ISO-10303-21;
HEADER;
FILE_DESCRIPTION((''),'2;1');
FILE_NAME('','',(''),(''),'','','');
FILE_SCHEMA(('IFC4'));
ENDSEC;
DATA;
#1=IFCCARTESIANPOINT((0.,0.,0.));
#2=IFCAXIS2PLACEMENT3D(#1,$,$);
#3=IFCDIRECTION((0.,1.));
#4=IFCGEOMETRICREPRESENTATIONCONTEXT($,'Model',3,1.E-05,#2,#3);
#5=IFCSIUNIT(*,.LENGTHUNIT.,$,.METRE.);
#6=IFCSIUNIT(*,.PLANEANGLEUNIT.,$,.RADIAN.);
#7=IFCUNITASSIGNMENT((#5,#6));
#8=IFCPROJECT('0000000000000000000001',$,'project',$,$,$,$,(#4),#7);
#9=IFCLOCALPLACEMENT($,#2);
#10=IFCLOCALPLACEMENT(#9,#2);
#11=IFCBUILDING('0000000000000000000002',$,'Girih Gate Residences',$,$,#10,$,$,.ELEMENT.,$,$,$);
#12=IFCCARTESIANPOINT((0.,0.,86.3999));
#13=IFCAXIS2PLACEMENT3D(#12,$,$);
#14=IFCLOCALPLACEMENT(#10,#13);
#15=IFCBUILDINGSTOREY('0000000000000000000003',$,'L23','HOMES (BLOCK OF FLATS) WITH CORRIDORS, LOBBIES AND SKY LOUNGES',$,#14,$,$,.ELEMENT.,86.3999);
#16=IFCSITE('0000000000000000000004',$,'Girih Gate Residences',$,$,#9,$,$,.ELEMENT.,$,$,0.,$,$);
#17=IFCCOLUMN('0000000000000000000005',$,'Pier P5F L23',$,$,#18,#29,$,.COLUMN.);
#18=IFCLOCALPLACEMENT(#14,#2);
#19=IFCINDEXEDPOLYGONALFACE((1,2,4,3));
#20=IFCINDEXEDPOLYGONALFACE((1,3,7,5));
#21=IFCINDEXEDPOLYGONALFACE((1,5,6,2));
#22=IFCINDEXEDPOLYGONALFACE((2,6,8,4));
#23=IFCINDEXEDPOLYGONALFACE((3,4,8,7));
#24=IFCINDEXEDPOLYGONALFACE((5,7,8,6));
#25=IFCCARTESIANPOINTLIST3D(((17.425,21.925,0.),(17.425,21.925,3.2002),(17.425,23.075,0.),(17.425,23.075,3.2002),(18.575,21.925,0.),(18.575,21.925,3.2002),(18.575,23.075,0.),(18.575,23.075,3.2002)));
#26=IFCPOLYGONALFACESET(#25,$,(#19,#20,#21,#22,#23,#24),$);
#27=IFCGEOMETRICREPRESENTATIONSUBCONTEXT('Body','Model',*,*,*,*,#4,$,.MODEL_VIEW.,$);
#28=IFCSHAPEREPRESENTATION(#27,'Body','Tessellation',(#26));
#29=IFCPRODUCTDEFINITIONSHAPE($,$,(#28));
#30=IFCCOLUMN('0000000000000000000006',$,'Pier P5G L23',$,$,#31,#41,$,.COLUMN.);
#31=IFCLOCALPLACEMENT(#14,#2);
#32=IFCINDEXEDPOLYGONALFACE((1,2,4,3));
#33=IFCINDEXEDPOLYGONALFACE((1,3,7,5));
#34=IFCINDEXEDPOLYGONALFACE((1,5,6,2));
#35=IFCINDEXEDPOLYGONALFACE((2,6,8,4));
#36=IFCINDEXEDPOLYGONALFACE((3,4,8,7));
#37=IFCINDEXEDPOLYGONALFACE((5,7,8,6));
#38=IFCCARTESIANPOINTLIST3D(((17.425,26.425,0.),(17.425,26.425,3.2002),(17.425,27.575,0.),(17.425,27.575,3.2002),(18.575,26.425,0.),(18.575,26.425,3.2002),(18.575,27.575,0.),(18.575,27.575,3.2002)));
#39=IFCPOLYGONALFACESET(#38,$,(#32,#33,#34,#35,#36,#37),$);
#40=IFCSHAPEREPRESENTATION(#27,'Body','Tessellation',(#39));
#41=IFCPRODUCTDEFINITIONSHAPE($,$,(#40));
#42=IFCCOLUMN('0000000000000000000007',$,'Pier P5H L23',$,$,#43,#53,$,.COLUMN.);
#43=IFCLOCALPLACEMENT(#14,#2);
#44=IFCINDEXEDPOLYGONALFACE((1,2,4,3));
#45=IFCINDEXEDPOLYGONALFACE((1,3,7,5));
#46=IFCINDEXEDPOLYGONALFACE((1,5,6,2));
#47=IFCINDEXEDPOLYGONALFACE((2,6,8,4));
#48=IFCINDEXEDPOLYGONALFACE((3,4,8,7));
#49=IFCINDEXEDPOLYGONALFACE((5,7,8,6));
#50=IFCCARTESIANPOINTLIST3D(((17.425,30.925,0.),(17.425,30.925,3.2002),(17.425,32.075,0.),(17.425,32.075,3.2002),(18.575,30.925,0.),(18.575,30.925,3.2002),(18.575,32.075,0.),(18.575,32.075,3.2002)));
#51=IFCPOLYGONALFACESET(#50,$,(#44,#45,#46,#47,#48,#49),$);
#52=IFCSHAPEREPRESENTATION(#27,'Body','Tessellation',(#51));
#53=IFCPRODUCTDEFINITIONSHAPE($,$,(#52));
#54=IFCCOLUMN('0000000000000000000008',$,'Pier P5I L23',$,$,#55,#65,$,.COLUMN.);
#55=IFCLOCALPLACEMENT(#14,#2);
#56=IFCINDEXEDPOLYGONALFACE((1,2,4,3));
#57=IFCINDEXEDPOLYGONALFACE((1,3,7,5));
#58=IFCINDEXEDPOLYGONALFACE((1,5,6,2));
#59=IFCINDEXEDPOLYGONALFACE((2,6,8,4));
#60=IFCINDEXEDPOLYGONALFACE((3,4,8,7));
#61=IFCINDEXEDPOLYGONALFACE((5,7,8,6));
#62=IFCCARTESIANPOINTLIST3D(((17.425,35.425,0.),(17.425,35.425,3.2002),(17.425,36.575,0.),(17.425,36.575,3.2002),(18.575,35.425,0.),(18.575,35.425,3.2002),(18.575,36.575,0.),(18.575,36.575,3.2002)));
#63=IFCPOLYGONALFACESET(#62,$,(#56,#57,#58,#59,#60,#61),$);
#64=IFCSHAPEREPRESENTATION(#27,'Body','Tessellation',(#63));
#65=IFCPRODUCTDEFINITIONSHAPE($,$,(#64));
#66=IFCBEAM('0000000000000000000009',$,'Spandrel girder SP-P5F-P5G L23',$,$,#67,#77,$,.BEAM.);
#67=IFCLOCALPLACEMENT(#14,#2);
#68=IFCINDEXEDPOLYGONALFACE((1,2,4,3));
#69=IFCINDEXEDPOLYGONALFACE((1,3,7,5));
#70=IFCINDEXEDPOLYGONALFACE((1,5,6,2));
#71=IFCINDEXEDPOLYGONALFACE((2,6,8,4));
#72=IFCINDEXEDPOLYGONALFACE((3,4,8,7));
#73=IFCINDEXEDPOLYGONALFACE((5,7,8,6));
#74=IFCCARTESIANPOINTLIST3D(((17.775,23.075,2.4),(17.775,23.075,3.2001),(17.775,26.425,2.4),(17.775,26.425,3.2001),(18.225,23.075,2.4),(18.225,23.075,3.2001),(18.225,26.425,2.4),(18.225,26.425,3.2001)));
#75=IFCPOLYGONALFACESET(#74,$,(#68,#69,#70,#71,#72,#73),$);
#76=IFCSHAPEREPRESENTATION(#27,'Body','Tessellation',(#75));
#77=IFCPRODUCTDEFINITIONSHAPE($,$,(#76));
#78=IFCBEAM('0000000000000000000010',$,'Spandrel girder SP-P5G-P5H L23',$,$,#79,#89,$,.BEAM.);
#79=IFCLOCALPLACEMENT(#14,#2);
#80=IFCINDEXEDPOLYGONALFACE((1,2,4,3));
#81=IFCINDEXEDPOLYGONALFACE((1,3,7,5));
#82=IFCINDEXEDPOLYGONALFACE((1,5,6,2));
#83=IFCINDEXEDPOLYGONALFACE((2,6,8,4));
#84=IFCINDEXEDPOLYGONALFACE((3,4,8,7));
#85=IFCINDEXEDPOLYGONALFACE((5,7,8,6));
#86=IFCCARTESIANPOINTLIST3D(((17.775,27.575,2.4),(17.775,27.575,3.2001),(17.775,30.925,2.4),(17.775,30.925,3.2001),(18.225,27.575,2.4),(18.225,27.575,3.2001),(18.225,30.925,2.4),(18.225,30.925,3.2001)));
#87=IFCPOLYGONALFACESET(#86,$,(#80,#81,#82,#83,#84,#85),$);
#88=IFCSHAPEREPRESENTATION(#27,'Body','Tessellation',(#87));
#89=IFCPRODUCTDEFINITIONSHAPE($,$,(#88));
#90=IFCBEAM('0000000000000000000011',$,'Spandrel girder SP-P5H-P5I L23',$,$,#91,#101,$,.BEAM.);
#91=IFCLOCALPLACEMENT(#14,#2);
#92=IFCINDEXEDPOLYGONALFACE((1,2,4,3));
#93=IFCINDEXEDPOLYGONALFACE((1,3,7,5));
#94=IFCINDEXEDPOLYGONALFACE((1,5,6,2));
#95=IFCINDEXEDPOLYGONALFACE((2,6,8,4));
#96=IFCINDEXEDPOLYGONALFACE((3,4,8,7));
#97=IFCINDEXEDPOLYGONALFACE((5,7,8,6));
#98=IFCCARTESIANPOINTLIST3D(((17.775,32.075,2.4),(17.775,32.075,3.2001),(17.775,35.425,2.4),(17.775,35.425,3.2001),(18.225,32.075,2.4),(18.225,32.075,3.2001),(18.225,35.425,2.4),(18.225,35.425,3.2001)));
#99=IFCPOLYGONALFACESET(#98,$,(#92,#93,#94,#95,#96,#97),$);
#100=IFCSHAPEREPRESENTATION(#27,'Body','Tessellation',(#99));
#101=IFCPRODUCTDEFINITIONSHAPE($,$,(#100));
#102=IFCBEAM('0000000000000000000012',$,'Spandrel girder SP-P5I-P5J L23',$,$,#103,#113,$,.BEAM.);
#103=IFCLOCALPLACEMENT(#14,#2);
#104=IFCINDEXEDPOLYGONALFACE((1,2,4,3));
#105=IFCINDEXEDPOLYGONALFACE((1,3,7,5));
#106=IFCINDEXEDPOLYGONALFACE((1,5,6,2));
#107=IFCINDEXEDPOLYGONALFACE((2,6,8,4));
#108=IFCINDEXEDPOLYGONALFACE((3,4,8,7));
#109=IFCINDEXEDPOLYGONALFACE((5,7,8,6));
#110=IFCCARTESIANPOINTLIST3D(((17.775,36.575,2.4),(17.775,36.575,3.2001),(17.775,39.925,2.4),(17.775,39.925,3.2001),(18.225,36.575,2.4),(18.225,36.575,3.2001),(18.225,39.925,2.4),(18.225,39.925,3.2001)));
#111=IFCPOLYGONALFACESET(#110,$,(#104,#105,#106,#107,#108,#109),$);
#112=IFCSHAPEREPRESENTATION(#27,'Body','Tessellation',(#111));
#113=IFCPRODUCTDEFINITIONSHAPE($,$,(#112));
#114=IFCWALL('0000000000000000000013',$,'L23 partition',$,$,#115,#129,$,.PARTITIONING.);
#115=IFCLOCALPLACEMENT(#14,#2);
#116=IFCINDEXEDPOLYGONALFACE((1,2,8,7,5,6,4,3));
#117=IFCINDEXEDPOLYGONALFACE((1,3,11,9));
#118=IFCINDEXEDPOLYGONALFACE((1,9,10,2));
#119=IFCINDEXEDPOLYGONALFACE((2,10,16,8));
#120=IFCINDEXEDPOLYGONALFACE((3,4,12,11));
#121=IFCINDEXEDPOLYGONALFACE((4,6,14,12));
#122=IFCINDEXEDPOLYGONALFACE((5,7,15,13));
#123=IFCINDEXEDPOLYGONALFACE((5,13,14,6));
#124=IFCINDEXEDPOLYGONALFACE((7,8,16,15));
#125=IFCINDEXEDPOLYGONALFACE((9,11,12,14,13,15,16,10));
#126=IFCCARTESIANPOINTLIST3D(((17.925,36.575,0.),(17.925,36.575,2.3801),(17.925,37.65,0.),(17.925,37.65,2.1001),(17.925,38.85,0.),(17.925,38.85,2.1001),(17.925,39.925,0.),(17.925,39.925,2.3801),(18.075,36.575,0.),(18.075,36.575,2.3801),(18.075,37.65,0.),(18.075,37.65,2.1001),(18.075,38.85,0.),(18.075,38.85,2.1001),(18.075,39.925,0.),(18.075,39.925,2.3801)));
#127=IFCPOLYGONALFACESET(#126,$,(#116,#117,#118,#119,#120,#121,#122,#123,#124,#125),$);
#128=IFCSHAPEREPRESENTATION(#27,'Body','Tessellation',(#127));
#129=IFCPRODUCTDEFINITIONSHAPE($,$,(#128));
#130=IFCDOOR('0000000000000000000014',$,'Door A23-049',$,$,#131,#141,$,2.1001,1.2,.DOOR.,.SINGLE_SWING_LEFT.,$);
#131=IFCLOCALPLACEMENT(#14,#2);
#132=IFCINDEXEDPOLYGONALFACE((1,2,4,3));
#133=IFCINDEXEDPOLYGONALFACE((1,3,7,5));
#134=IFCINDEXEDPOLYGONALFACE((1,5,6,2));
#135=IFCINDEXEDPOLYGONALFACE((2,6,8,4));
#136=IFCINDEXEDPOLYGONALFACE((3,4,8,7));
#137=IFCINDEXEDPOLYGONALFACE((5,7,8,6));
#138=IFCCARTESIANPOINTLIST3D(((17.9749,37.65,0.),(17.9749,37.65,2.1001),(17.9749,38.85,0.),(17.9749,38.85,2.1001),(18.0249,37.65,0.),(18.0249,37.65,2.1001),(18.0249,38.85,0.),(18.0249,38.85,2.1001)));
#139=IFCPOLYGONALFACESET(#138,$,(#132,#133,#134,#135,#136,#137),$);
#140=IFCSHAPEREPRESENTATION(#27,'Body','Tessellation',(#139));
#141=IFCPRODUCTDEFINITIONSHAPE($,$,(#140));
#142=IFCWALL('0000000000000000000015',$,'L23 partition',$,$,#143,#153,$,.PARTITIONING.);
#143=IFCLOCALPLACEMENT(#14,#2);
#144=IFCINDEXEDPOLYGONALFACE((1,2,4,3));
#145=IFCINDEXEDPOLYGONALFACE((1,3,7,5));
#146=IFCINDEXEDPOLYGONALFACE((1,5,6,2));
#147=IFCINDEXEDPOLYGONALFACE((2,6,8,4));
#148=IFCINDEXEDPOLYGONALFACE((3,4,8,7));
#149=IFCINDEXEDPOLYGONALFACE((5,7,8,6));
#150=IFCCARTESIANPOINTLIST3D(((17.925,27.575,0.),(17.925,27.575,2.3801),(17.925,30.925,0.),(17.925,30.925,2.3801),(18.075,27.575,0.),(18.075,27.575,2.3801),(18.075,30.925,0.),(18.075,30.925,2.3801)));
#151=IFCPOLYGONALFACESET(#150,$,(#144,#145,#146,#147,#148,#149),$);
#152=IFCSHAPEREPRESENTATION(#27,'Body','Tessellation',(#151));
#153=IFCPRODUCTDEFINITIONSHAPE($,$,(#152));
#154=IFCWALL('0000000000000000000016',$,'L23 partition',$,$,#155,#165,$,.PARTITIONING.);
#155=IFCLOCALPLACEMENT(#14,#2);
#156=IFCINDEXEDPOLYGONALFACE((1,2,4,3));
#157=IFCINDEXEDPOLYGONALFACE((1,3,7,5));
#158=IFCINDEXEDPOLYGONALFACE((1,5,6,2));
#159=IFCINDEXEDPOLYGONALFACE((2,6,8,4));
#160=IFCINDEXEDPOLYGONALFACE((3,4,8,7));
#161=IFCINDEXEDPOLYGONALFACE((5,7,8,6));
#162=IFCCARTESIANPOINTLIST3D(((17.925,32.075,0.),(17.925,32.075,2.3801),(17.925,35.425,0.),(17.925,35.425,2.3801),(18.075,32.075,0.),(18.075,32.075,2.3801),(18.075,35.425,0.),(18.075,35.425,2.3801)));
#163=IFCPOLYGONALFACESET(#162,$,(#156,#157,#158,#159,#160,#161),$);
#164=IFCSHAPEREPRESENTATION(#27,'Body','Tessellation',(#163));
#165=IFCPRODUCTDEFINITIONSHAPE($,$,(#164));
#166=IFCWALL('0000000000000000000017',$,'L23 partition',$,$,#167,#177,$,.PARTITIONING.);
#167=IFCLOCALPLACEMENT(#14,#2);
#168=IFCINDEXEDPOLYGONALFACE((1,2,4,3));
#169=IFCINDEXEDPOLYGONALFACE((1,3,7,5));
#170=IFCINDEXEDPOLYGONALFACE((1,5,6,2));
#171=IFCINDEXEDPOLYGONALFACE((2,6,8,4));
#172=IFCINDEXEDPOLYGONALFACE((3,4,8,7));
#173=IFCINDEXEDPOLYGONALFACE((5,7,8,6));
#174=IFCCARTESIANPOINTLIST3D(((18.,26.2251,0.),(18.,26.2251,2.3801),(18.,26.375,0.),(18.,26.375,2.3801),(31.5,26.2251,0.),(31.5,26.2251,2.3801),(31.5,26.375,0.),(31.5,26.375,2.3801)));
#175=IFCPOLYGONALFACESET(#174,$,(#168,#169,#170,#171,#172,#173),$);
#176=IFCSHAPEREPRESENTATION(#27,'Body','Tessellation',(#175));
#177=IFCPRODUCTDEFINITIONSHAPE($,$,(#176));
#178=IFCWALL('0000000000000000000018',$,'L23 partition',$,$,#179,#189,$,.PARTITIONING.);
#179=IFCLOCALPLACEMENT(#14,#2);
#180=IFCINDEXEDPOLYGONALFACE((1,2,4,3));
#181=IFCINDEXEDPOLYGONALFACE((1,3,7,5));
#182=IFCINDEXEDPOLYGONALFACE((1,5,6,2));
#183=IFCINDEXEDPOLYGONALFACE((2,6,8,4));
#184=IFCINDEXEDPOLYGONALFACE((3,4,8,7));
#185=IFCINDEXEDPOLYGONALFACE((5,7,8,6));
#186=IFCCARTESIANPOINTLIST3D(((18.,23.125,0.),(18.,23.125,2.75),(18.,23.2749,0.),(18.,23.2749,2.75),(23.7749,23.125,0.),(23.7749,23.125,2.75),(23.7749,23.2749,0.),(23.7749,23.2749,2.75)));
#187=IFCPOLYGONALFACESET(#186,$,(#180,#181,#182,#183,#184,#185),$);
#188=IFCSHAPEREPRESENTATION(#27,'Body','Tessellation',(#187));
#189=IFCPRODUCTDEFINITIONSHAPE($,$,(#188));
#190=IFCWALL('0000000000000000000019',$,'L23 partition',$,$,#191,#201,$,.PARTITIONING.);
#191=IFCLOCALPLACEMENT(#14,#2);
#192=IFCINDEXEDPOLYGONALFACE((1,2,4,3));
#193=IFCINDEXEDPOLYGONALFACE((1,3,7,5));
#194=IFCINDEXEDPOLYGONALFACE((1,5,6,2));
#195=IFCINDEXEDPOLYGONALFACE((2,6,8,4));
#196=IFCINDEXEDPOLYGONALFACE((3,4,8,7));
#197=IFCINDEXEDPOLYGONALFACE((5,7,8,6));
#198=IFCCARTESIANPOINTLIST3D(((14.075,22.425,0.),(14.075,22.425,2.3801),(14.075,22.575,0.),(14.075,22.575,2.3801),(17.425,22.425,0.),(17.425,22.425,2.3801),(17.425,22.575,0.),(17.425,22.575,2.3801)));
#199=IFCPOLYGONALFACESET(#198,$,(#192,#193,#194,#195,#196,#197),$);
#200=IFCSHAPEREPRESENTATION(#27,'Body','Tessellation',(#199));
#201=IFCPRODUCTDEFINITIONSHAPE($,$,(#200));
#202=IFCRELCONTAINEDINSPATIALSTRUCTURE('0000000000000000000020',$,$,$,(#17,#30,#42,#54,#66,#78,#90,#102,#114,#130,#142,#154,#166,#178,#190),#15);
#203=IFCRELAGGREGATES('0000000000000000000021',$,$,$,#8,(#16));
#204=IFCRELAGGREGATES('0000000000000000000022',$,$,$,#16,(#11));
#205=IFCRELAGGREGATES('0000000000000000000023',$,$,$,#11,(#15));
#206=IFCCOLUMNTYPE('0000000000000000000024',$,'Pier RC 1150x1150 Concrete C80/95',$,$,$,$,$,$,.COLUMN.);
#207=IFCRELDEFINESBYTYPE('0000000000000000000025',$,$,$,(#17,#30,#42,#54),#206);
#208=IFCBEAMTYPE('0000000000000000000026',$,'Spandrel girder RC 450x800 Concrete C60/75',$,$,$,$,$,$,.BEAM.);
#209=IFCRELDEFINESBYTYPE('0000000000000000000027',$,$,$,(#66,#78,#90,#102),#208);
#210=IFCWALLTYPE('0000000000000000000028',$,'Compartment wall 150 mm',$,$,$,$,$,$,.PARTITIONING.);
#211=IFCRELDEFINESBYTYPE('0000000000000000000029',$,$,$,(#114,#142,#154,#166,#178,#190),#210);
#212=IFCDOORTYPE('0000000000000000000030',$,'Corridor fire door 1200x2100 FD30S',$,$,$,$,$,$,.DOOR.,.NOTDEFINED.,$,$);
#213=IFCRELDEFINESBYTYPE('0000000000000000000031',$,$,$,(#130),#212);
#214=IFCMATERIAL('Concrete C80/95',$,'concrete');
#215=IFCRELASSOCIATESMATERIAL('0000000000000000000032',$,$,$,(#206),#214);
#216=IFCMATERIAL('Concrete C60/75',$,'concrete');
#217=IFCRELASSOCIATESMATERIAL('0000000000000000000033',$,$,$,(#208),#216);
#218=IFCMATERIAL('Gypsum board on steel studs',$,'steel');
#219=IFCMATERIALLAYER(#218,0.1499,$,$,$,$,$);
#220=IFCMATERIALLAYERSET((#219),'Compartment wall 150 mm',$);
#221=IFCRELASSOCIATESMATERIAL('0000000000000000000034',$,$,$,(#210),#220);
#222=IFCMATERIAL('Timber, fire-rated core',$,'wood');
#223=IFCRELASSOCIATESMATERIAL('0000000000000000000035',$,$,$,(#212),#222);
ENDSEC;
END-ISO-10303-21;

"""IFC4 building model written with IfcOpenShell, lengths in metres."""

from ifc_helpers import new_model, si_unit, direction, frame, frame_2d, origin, origin_2d, place, context, subcontext, project, spatial, rectangle, extrude, material, layer, layer_set, material_profile, profile_set, type_object, element, fill, save


model = new_model("IFC4")

# Units and contexts
model_context = context("Model", 3, precision=1e-05, world=origin(), true_north=direction((0.0, 1.0)))
body_context = subcontext(model_context, "Body", "Model", "MODEL_VIEW")
ifc_project = project(units=[si_unit("LENGTHUNIT", "METRE"), si_unit("PLANEANGLEUNIT", "RADIAN")], contexts=[model_context])

# Site, building, storey
site_placement = place(None, origin())
site = spatial("IfcSite", under=ifc_project, at=site_placement, Name="Girih Gate Residences", CompositionType="ELEMENT", RefElevation=0.0)
building_placement = place(site_placement, origin())
building = spatial("IfcBuilding", under=site, at=building_placement, Name="Girih Gate Residences", CompositionType="ELEMENT")
storey_placement = place(building_placement, frame((0.0, 0.0, 86.3999)))
storey = spatial("IfcBuildingStorey", under=building, at=storey_placement, Name="L23", Description="HOMES (BLOCK OF FLATS) WITH CORRIDORS, LOBBIES AND SKY LOUNGES", CompositionType="ELEMENT", Elevation=86.3999)

# Columns
ifc_material_1 = material(Name="Concrete C80/95", Category="concrete")
ifc_material_profile_1 = material_profile(ifc_material_1, rectangle(XDim=1.1499, YDim=1.1499, at=origin_2d()))
ifc_profile_set_1 = profile_set([ifc_material_profile_1], Name="Concrete C80/95")
column_type = type_object("IfcColumnType", Name="Pier RC 1150x1150 Concrete C80/95", PredefinedType="COLUMN", material=ifc_profile_set_1)
for number, where, z_axis, x_axis, name in (
    (1, (18.0, 22.5, 0.0), (0.0, 0.0, 1.0), (1.0, 0.0, 0.0), "Pier P5F L23"),
    (2, (18.0, 27.0, 0.0), (0.0, 0.0, 1.0), (1.0, 0.0, 0.0), "Pier P5G L23"),
    (3, (18.0, 31.5, 0.0), (0.0, 0.0, 1.0), (1.0, 0.0, 0.0), "Pier P5H L23"),
    (4, (18.0, 36.0, 0.0), (0.0, 0.0, 1.0), (1.0, 0.0, 0.0), "Pier P5I L23"),
):
    element("IfcColumn", number, at=place(storey_placement, frame(where, z_axis=z_axis, x_axis=x_axis)), inside=storey, type_object=column_type, Name=name, PredefinedType="COLUMN", context=body_context, shape_type="SweptSolid", body=[
        extrude(rectangle(XDim=1.1499, YDim=1.1499, at=origin_2d()), origin(), (0.0, 0.0, 1.0), 3.2002),
    ])

# Beams
ifc_material_2 = material(Name="Concrete C60/75", Category="concrete")
ifc_material_profile_2 = material_profile(ifc_material_2, rectangle(XDim=0.45, YDim=0.8, at=origin_2d()))
ifc_profile_set_2 = profile_set([ifc_material_profile_2], Name="Concrete C60/75")
beam_type = type_object("IfcBeamType", Name="Spandrel girder RC 450x800 Concrete C60/75", PredefinedType="BEAM", material=ifc_profile_set_2)
for number, where, z_axis, x_axis, name in (
    (5, (18.0, 23.075, 2.8), (0.0, 1.0, 0.0), (-1.0, 0.0, 0.0), "Spandrel girder SP-P5F-P5G L23"),
    (6, (18.0, 27.575, 2.8), (0.0, 1.0, 0.0), (-1.0, 0.0, 0.0), "Spandrel girder SP-P5G-P5H L23"),
    (7, (18.0, 32.075, 2.8), (0.0, 1.0, 0.0), (-1.0, 0.0, 0.0), "Spandrel girder SP-P5H-P5I L23"),
    (8, (18.0, 36.575, 2.8), (0.0, 1.0, 0.0), (-1.0, 0.0, 0.0), "Spandrel girder SP-P5I-P5J L23"),
):
    element("IfcBeam", number, at=place(storey_placement, frame(where, z_axis=z_axis, x_axis=x_axis)), inside=storey, type_object=beam_type, Name=name, PredefinedType="BEAM", context=body_context, shape_type="SweptSolid", body=[
        extrude(rectangle(XDim=0.45, YDim=0.8, at=origin_2d()), origin(), (0.0, 0.0, 1.0), 3.3501),
    ])

# Wall, opening, door
ifc_material_3 = material(Name="Gypsum board on steel studs", Category="steel")
ifc_layer_1 = layer(ifc_material_3, 0.1499)
ifc_layer_set_1 = layer_set([ifc_layer_1], Name="Compartment wall 150 mm")
wall_type_1 = type_object("IfcWallType", Name="Compartment wall 150 mm", PredefinedType="PARTITIONING", material=ifc_layer_set_1)
wall_1_placement = place(storey_placement, frame((18.0, 39.925, 0.0), z_axis=(0.0, 0.0, 1.0), x_axis=(0.0, -1.0, 0.0)))
wall_1 = element("IfcWall", 9, at=wall_1_placement, inside=storey, type_object=wall_type_1, Name="L23 partition", PredefinedType="PARTITIONING", context=body_context, shape_type="SweptSolid", body=[
    extrude(rectangle(XDim=3.3501, YDim=0.1499, at=frame_2d((1.675, 0.0))), origin(), (0.0, 0.0, 1.0), 2.3801),
])
opening_1_placement = place(wall_1_placement, frame((1.075, 0.0, 0.0)))
opening_1 = element("IfcOpeningElement", 10, at=opening_1_placement, cuts=wall_1, PredefinedType="OPENING", context=body_context, shape_type="SweptSolid", body=[
    extrude(rectangle(XDim=1.2, YDim=2.1001, at=frame_2d((0.6001, 1.05))), frame((0.0, 0.085, 0.0), z_axis=(0.0, -1.0, 0.0), x_axis=(1.0, 0.0, 0.0)), (0.0, 0.0, 1.0), 0.1699),
])
ifc_material_4 = material(Name="Timber, fire-rated core", Category="wood")
door_type_1 = type_object("IfcDoorType", Name="Corridor fire door 1200x2100 FD30S", OperationType="NOTDEFINED", PredefinedType="DOOR", material=ifc_material_4)
door_1_placement = place(opening_1_placement, origin())
door_1 = element("IfcDoor", 11, at=door_1_placement, inside=storey, type_object=door_type_1, Name="Door A23-049", OperationType="SINGLE_SWING_LEFT", OverallHeight=2.1001, OverallWidth=1.2, PredefinedType="DOOR", context=body_context, shape_type="SweptSolid", body=[
    extrude(rectangle(XDim=1.2, YDim=2.1001, at=frame_2d((0.6001, 1.05))), frame((0.0, 0.0249, 0.0), z_axis=(0.0, -1.0, 0.0), x_axis=(1.0, 0.0, 0.0)), (0.0, 0.0, 1.0), 0.05),
])
fill(opening_1, door_1)

# Walls
for number, where, z_axis, x_axis, name in (
    (12, (18.0, 27.575, 0.0), (0.0, 0.0, 1.0), (0.0, 1.0, 0.0), "L23 partition"),
    (13, (18.0, 32.075, 0.0), (0.0, 0.0, 1.0), (0.0, 1.0, 0.0), "L23 partition"),
):
    element("IfcWall", number, at=place(storey_placement, frame(where, z_axis=z_axis, x_axis=x_axis)), inside=storey, type_object=wall_type_1, Name=name, PredefinedType="PARTITIONING", context=body_context, shape_type="SweptSolid", body=[
        extrude(rectangle(XDim=3.3501, YDim=0.1499, at=frame_2d((1.675, 0.0))), origin(), (0.0, 0.0, 1.0), 2.3801),
    ])
wall_2_placement = place(storey_placement, frame((18.0, 26.3, 0.0), z_axis=(0.0, 0.0, 1.0), x_axis=(1.0, 0.0, 0.0)))
element("IfcWall", 14, at=wall_2_placement, inside=storey, type_object=wall_type_1, Name="L23 partition", PredefinedType="PARTITIONING", context=body_context, shape_type="SweptSolid", body=[
    extrude(rectangle(XDim=13.5, YDim=0.1499, at=frame_2d((6.75, 0.0))), origin(), (0.0, 0.0, 1.0), 2.3801),
])
wall_3_placement = place(storey_placement, frame((18.0, 23.2, 0.0), z_axis=(0.0, 0.0, 1.0), x_axis=(1.0, 0.0, 0.0)))
element("IfcWall", 15, at=wall_3_placement, inside=storey, type_object=wall_type_1, Name="L23 partition", PredefinedType="PARTITIONING", context=body_context, shape_type="SweptSolid", body=[
    extrude(rectangle(XDim=5.7749, YDim=0.1499, at=frame_2d((2.8875, 0.0))), origin(), (0.0, 0.0, 1.0), 2.75),
])
wall_4_placement = place(storey_placement, frame((14.075, 22.5, 0.0), z_axis=(0.0, 0.0, 1.0), x_axis=(1.0, 0.0, 0.0)))
element("IfcWall", 16, at=wall_4_placement, inside=storey, type_object=wall_type_1, Name="L23 partition", PredefinedType="PARTITIONING", context=body_context, shape_type="SweptSolid", body=[
    extrude(rectangle(XDim=3.3501, YDim=0.1499, at=frame_2d((1.675, 0.0))), origin(), (0.0, 0.0, 1.0), 2.3801),
])

save(model, "model.ifc")
